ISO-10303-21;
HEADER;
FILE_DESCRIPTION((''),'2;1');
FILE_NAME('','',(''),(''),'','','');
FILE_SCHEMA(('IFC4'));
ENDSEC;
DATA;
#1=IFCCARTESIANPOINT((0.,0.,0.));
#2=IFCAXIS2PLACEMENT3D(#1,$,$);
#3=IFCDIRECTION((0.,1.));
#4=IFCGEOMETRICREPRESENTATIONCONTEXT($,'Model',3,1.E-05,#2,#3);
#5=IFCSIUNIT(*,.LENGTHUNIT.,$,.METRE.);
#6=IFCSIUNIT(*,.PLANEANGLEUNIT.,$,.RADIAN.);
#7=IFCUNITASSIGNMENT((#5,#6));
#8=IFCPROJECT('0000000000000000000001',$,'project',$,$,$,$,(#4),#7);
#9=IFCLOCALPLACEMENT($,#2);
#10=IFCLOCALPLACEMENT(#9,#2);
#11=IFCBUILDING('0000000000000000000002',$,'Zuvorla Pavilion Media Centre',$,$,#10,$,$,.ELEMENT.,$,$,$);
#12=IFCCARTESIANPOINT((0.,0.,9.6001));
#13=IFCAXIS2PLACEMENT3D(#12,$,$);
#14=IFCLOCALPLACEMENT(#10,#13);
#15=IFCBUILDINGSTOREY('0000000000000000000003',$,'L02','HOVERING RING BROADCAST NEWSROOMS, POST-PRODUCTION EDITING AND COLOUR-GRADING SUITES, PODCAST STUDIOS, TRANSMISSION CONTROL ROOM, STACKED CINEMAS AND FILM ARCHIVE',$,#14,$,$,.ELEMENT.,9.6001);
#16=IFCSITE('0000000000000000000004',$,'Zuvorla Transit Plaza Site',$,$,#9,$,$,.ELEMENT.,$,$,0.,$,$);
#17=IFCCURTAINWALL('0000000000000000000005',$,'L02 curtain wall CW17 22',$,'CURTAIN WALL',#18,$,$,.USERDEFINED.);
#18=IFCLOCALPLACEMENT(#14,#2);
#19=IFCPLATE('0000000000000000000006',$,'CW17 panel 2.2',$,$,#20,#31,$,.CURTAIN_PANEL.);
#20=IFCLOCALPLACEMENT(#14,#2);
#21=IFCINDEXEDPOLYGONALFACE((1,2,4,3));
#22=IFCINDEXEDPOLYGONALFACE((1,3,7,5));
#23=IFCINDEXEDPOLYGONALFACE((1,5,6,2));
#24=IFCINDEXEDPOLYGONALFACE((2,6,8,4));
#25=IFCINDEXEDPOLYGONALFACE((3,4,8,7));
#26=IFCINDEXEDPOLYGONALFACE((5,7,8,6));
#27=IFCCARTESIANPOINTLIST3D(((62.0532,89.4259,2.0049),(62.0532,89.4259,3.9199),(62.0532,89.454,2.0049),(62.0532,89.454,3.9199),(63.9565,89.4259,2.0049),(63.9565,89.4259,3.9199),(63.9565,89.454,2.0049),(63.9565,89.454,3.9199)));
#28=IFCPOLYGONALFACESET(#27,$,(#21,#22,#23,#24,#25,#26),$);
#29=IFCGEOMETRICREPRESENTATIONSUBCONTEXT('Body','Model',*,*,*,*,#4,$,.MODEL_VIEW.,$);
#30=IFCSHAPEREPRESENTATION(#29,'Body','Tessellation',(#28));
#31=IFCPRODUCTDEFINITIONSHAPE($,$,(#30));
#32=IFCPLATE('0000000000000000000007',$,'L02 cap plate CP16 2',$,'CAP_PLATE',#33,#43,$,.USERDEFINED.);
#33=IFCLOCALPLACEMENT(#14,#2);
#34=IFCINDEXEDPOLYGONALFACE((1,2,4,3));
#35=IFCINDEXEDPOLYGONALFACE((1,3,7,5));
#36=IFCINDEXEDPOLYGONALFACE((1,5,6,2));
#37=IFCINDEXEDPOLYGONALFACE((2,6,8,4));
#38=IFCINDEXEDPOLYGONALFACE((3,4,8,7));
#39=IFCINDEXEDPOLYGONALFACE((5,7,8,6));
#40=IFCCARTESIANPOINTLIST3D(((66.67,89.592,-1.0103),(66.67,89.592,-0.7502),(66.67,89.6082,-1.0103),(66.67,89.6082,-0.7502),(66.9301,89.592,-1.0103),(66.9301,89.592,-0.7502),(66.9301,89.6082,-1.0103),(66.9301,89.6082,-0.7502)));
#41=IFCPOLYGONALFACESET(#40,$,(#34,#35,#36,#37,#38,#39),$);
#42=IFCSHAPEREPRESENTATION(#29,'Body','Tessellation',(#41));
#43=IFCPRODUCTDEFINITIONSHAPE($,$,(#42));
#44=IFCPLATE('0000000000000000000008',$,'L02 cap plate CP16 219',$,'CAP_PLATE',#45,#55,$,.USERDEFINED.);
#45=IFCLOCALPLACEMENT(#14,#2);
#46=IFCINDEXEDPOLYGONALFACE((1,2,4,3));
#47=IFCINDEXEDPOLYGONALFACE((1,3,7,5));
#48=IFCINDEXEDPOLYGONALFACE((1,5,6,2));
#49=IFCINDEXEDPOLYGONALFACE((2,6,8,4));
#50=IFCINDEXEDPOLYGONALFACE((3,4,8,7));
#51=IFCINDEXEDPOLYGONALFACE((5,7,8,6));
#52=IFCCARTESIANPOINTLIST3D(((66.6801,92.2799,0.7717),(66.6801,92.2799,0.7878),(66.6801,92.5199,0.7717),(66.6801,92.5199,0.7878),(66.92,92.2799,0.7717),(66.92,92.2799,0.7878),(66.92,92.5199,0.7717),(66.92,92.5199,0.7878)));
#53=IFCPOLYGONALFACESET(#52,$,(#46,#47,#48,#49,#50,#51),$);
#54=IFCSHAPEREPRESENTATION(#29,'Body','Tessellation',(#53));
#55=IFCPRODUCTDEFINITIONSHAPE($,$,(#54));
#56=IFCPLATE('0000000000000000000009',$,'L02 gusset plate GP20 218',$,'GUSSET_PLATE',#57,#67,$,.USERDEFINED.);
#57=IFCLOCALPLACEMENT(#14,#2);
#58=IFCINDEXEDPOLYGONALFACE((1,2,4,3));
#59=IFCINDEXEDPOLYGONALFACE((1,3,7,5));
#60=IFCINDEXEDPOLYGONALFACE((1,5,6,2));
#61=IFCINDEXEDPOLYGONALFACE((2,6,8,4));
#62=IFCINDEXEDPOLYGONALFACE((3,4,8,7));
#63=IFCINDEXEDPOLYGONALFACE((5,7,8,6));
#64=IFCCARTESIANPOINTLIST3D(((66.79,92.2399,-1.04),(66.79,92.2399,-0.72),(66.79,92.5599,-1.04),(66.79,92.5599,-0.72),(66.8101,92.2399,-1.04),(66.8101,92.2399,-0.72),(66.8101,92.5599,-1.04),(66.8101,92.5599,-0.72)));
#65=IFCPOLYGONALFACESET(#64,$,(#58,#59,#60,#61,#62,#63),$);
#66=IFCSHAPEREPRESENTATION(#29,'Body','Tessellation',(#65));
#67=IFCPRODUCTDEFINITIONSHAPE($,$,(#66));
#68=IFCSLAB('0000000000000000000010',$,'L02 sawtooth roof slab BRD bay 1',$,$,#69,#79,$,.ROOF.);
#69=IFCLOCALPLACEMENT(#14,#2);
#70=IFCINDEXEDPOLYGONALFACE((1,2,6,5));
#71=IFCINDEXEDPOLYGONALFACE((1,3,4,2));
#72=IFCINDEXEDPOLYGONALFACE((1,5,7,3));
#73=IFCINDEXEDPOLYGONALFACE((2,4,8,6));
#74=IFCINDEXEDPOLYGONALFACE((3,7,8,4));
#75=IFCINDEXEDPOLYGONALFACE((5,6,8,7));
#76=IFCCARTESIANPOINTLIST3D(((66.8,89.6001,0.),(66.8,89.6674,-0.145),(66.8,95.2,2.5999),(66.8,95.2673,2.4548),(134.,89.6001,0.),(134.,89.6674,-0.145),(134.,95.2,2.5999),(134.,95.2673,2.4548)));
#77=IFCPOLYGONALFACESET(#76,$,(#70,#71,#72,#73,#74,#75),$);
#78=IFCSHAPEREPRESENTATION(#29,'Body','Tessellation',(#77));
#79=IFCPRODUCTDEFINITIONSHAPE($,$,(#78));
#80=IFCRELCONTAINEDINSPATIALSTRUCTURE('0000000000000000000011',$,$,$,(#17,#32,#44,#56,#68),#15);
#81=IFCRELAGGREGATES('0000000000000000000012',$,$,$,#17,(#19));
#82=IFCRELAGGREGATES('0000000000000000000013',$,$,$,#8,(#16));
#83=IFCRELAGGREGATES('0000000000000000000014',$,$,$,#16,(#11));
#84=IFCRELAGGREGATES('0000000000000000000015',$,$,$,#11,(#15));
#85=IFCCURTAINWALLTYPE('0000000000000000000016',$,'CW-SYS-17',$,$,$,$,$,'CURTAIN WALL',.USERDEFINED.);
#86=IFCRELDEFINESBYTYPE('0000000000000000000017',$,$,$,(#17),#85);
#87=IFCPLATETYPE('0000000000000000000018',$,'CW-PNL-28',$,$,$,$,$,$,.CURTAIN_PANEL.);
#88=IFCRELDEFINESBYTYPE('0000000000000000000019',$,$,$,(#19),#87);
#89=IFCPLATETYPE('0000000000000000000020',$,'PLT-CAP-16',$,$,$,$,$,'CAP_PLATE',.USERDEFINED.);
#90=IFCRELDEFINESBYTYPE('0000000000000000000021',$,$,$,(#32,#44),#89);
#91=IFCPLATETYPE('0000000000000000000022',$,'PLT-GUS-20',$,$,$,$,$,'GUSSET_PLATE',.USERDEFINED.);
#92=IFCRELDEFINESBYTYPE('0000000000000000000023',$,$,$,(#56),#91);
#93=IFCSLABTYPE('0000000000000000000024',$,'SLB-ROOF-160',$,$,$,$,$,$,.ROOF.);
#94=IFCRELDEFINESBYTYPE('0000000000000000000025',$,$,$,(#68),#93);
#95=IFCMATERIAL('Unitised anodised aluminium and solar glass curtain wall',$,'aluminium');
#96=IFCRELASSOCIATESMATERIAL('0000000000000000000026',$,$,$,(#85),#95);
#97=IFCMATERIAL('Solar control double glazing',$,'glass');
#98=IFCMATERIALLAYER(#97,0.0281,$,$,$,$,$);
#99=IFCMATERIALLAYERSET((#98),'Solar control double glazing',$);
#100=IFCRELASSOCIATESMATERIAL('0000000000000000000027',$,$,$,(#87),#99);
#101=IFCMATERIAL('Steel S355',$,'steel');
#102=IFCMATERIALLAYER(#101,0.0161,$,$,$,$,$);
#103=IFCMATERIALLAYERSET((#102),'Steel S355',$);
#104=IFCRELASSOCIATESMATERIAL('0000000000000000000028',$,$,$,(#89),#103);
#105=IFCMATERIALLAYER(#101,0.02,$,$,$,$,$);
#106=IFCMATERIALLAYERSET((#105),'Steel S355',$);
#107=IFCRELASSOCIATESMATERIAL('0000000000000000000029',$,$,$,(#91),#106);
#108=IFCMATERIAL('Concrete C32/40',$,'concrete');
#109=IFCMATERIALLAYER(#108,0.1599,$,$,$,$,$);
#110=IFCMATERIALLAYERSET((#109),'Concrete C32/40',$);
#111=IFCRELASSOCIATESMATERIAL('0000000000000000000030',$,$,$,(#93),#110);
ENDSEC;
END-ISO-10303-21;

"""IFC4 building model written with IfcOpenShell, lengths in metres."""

from ifc_helpers import new_model, si_unit, direction, frame, origin, origin_2d, place, context, subcontext, project, spatial, polyline, rectangle, outline, extrude, material, layer, layer_set, type_object, element, aggregate, save


model = new_model("IFC4")

# Units and contexts
model_context = context("Model", 3, precision=1e-05, world=origin(), true_north=direction((0.0, 1.0)))
body_context = subcontext(model_context, "Body", "Model", "MODEL_VIEW")
ifc_project = project(units=[si_unit("LENGTHUNIT", "METRE"), si_unit("PLANEANGLEUNIT", "RADIAN")], contexts=[model_context])

# Site, building, storey
site_placement = place(None, origin())
site = spatial("IfcSite", under=ifc_project, at=site_placement, Name="Zuvorla Transit Plaza Site", CompositionType="ELEMENT", RefElevation=0.0)
building_placement = place(site_placement, origin())
building = spatial("IfcBuilding", under=site, at=building_placement, Name="Zuvorla Pavilion Media Centre", CompositionType="ELEMENT")
storey_placement = place(building_placement, frame((0.0, 0.0, 9.6001)))
storey = spatial("IfcBuildingStorey", under=building, at=storey_placement, Name="L02", Description="HOVERING RING BROADCAST NEWSROOMS, POST-PRODUCTION EDITING AND COLOUR-GRADING SUITES, PODCAST STUDIOS, TRANSMISSION CONTROL ROOM, STACKED CINEMAS AND FILM ARCHIVE", CompositionType="ELEMENT", Elevation=9.6001)

# Shared definitions
ifc_material_1 = material(Name="Steel S355", Category="steel")

# Curtain wall
ifc_material_2 = material(Name="Unitised anodised aluminium and solar glass curtain wall", Category="aluminium")
curtain_wall_type = type_object("IfcCurtainWallType", Name="CW-SYS-17", ElementType="CURTAIN WALL", PredefinedType="USERDEFINED", material=ifc_material_2)
curtain_wall_placement = place(storey_placement, origin())
curtain_wall = element("IfcCurtainWall", 1, at=curtain_wall_placement, inside=storey, type_object=curtain_wall_type, Name="L02 curtain wall CW17 22", ObjectType="CURTAIN WALL", PredefinedType="USERDEFINED")

# Plate
ifc_material_3 = material(Name="Solar control double glazing", Category="glass")
ifc_layer_1 = layer(ifc_material_3, 0.0281)
ifc_layer_set_1 = layer_set([ifc_layer_1], Name="Solar control double glazing")
plate_type_1 = type_object("IfcPlateType", Name="CW-PNL-28", PredefinedType="CURTAIN_PANEL", material=ifc_layer_set_1)
plate_1_placement = place(storey_placement, frame((63.0049, 89.4399, 2.0049), z_axis=(0.0, 0.0, 1.0), x_axis=(-1.0, 0.0, 0.0)))
plate_1 = element("IfcPlate", 2, at=plate_1_placement, type_object=plate_type_1, Name="CW17 panel 2.2", PredefinedType="CURTAIN_PANEL", context=body_context, shape_type="SweptSolid", body=[
    extrude(rectangle(XDim=1.9033, YDim=0.0281, at=origin_2d()), origin(), (0.0, 0.0, 1.0), 1.915),
])
aggregate(curtain_wall, [plate_1])

# Plates
ifc_layer_2 = layer(ifc_material_1, 0.0161)
ifc_layer_set_2 = layer_set([ifc_layer_2], Name="Steel S355")
plate_type_2 = type_object("IfcPlateType", Name="PLT-CAP-16", ElementType="CAP_PLATE", PredefinedType="USERDEFINED", material=ifc_layer_set_2)
plate_2_placement = place(storey_placement, frame((66.8, 89.6001, -1.0103), z_axis=(0.0, 0.0, 1.0), x_axis=(1.0, 0.0, 0.0)))
element("IfcPlate", 3, at=plate_2_placement, inside=storey, type_object=plate_type_2, Name="L02 cap plate CP16 2", ObjectType="CAP_PLATE", PredefinedType="USERDEFINED", context=body_context, shape_type="SweptSolid", body=[
    extrude(rectangle(XDim=0.26, YDim=0.0161, at=origin_2d()), origin(), (0.0, 0.0, 1.0), 0.26),
])
plate_3_placement = place(storey_placement, frame((66.8, 92.3999, 0.7717), z_axis=(0.0, 0.0, 1.0), x_axis=(1.0, 0.0, 0.0)))
element("IfcPlate", 4, at=plate_3_placement, inside=storey, type_object=plate_type_2, Name="L02 cap plate CP16 219", ObjectType="CAP_PLATE", PredefinedType="USERDEFINED", context=body_context, shape_type="SweptSolid", body=[
    extrude(rectangle(XDim=0.24, YDim=0.24, at=origin_2d()), origin(), (0.0, 0.0, 1.0), 0.0161),
])
ifc_layer_3 = layer(ifc_material_1, 0.02)
ifc_layer_set_3 = layer_set([ifc_layer_3], Name="Steel S355")
plate_type_3 = type_object("IfcPlateType", Name="PLT-GUS-20", ElementType="GUSSET_PLATE", PredefinedType="USERDEFINED", material=ifc_layer_set_3)
plate_4_placement = place(storey_placement, frame((66.8, 92.3999, -1.04), z_axis=(0.0, 0.0, 1.0), x_axis=(1.0, 0.0, 0.0)))
element("IfcPlate", 5, at=plate_4_placement, inside=storey, type_object=plate_type_3, Name="L02 gusset plate GP20 218", ObjectType="GUSSET_PLATE", PredefinedType="USERDEFINED", context=body_context, shape_type="SweptSolid", body=[
    extrude(rectangle(XDim=0.02, YDim=0.3201, at=origin_2d()), origin(), (0.0, 0.0, 1.0), 0.3201),
])

# Slab
ifc_material_4 = material(Name="Concrete C32/40", Category="concrete")
ifc_layer_4 = layer(ifc_material_4, 0.1599)
ifc_layer_set_4 = layer_set([ifc_layer_4], Name="Concrete C32/40")
slab_type = type_object("IfcSlabType", Name="SLB-ROOF-160", PredefinedType="ROOF", material=ifc_layer_set_4)
slab_placement = place(storey_placement, frame((66.8, 89.6001, 0.0), z_axis=(0.0, -0.421101, 0.907014), x_axis=(1.0, 0.0, 0.0)))
element("IfcSlab", 6, at=slab_placement, inside=storey, type_object=slab_type, Name="L02 sawtooth roof slab BRD bay 1", PredefinedType="ROOF", context=body_context, shape_type="SweptSolid", body=[
    extrude(outline(polyline([(0.0, 0.0), (67.2, 0.0), (67.2, 6.1739), (0.0, 6.1739), (0.0, 0.0)])), origin(), (0.0, 0.0, -1.0), 0.1599),
])

save(model, "model.ifc")
